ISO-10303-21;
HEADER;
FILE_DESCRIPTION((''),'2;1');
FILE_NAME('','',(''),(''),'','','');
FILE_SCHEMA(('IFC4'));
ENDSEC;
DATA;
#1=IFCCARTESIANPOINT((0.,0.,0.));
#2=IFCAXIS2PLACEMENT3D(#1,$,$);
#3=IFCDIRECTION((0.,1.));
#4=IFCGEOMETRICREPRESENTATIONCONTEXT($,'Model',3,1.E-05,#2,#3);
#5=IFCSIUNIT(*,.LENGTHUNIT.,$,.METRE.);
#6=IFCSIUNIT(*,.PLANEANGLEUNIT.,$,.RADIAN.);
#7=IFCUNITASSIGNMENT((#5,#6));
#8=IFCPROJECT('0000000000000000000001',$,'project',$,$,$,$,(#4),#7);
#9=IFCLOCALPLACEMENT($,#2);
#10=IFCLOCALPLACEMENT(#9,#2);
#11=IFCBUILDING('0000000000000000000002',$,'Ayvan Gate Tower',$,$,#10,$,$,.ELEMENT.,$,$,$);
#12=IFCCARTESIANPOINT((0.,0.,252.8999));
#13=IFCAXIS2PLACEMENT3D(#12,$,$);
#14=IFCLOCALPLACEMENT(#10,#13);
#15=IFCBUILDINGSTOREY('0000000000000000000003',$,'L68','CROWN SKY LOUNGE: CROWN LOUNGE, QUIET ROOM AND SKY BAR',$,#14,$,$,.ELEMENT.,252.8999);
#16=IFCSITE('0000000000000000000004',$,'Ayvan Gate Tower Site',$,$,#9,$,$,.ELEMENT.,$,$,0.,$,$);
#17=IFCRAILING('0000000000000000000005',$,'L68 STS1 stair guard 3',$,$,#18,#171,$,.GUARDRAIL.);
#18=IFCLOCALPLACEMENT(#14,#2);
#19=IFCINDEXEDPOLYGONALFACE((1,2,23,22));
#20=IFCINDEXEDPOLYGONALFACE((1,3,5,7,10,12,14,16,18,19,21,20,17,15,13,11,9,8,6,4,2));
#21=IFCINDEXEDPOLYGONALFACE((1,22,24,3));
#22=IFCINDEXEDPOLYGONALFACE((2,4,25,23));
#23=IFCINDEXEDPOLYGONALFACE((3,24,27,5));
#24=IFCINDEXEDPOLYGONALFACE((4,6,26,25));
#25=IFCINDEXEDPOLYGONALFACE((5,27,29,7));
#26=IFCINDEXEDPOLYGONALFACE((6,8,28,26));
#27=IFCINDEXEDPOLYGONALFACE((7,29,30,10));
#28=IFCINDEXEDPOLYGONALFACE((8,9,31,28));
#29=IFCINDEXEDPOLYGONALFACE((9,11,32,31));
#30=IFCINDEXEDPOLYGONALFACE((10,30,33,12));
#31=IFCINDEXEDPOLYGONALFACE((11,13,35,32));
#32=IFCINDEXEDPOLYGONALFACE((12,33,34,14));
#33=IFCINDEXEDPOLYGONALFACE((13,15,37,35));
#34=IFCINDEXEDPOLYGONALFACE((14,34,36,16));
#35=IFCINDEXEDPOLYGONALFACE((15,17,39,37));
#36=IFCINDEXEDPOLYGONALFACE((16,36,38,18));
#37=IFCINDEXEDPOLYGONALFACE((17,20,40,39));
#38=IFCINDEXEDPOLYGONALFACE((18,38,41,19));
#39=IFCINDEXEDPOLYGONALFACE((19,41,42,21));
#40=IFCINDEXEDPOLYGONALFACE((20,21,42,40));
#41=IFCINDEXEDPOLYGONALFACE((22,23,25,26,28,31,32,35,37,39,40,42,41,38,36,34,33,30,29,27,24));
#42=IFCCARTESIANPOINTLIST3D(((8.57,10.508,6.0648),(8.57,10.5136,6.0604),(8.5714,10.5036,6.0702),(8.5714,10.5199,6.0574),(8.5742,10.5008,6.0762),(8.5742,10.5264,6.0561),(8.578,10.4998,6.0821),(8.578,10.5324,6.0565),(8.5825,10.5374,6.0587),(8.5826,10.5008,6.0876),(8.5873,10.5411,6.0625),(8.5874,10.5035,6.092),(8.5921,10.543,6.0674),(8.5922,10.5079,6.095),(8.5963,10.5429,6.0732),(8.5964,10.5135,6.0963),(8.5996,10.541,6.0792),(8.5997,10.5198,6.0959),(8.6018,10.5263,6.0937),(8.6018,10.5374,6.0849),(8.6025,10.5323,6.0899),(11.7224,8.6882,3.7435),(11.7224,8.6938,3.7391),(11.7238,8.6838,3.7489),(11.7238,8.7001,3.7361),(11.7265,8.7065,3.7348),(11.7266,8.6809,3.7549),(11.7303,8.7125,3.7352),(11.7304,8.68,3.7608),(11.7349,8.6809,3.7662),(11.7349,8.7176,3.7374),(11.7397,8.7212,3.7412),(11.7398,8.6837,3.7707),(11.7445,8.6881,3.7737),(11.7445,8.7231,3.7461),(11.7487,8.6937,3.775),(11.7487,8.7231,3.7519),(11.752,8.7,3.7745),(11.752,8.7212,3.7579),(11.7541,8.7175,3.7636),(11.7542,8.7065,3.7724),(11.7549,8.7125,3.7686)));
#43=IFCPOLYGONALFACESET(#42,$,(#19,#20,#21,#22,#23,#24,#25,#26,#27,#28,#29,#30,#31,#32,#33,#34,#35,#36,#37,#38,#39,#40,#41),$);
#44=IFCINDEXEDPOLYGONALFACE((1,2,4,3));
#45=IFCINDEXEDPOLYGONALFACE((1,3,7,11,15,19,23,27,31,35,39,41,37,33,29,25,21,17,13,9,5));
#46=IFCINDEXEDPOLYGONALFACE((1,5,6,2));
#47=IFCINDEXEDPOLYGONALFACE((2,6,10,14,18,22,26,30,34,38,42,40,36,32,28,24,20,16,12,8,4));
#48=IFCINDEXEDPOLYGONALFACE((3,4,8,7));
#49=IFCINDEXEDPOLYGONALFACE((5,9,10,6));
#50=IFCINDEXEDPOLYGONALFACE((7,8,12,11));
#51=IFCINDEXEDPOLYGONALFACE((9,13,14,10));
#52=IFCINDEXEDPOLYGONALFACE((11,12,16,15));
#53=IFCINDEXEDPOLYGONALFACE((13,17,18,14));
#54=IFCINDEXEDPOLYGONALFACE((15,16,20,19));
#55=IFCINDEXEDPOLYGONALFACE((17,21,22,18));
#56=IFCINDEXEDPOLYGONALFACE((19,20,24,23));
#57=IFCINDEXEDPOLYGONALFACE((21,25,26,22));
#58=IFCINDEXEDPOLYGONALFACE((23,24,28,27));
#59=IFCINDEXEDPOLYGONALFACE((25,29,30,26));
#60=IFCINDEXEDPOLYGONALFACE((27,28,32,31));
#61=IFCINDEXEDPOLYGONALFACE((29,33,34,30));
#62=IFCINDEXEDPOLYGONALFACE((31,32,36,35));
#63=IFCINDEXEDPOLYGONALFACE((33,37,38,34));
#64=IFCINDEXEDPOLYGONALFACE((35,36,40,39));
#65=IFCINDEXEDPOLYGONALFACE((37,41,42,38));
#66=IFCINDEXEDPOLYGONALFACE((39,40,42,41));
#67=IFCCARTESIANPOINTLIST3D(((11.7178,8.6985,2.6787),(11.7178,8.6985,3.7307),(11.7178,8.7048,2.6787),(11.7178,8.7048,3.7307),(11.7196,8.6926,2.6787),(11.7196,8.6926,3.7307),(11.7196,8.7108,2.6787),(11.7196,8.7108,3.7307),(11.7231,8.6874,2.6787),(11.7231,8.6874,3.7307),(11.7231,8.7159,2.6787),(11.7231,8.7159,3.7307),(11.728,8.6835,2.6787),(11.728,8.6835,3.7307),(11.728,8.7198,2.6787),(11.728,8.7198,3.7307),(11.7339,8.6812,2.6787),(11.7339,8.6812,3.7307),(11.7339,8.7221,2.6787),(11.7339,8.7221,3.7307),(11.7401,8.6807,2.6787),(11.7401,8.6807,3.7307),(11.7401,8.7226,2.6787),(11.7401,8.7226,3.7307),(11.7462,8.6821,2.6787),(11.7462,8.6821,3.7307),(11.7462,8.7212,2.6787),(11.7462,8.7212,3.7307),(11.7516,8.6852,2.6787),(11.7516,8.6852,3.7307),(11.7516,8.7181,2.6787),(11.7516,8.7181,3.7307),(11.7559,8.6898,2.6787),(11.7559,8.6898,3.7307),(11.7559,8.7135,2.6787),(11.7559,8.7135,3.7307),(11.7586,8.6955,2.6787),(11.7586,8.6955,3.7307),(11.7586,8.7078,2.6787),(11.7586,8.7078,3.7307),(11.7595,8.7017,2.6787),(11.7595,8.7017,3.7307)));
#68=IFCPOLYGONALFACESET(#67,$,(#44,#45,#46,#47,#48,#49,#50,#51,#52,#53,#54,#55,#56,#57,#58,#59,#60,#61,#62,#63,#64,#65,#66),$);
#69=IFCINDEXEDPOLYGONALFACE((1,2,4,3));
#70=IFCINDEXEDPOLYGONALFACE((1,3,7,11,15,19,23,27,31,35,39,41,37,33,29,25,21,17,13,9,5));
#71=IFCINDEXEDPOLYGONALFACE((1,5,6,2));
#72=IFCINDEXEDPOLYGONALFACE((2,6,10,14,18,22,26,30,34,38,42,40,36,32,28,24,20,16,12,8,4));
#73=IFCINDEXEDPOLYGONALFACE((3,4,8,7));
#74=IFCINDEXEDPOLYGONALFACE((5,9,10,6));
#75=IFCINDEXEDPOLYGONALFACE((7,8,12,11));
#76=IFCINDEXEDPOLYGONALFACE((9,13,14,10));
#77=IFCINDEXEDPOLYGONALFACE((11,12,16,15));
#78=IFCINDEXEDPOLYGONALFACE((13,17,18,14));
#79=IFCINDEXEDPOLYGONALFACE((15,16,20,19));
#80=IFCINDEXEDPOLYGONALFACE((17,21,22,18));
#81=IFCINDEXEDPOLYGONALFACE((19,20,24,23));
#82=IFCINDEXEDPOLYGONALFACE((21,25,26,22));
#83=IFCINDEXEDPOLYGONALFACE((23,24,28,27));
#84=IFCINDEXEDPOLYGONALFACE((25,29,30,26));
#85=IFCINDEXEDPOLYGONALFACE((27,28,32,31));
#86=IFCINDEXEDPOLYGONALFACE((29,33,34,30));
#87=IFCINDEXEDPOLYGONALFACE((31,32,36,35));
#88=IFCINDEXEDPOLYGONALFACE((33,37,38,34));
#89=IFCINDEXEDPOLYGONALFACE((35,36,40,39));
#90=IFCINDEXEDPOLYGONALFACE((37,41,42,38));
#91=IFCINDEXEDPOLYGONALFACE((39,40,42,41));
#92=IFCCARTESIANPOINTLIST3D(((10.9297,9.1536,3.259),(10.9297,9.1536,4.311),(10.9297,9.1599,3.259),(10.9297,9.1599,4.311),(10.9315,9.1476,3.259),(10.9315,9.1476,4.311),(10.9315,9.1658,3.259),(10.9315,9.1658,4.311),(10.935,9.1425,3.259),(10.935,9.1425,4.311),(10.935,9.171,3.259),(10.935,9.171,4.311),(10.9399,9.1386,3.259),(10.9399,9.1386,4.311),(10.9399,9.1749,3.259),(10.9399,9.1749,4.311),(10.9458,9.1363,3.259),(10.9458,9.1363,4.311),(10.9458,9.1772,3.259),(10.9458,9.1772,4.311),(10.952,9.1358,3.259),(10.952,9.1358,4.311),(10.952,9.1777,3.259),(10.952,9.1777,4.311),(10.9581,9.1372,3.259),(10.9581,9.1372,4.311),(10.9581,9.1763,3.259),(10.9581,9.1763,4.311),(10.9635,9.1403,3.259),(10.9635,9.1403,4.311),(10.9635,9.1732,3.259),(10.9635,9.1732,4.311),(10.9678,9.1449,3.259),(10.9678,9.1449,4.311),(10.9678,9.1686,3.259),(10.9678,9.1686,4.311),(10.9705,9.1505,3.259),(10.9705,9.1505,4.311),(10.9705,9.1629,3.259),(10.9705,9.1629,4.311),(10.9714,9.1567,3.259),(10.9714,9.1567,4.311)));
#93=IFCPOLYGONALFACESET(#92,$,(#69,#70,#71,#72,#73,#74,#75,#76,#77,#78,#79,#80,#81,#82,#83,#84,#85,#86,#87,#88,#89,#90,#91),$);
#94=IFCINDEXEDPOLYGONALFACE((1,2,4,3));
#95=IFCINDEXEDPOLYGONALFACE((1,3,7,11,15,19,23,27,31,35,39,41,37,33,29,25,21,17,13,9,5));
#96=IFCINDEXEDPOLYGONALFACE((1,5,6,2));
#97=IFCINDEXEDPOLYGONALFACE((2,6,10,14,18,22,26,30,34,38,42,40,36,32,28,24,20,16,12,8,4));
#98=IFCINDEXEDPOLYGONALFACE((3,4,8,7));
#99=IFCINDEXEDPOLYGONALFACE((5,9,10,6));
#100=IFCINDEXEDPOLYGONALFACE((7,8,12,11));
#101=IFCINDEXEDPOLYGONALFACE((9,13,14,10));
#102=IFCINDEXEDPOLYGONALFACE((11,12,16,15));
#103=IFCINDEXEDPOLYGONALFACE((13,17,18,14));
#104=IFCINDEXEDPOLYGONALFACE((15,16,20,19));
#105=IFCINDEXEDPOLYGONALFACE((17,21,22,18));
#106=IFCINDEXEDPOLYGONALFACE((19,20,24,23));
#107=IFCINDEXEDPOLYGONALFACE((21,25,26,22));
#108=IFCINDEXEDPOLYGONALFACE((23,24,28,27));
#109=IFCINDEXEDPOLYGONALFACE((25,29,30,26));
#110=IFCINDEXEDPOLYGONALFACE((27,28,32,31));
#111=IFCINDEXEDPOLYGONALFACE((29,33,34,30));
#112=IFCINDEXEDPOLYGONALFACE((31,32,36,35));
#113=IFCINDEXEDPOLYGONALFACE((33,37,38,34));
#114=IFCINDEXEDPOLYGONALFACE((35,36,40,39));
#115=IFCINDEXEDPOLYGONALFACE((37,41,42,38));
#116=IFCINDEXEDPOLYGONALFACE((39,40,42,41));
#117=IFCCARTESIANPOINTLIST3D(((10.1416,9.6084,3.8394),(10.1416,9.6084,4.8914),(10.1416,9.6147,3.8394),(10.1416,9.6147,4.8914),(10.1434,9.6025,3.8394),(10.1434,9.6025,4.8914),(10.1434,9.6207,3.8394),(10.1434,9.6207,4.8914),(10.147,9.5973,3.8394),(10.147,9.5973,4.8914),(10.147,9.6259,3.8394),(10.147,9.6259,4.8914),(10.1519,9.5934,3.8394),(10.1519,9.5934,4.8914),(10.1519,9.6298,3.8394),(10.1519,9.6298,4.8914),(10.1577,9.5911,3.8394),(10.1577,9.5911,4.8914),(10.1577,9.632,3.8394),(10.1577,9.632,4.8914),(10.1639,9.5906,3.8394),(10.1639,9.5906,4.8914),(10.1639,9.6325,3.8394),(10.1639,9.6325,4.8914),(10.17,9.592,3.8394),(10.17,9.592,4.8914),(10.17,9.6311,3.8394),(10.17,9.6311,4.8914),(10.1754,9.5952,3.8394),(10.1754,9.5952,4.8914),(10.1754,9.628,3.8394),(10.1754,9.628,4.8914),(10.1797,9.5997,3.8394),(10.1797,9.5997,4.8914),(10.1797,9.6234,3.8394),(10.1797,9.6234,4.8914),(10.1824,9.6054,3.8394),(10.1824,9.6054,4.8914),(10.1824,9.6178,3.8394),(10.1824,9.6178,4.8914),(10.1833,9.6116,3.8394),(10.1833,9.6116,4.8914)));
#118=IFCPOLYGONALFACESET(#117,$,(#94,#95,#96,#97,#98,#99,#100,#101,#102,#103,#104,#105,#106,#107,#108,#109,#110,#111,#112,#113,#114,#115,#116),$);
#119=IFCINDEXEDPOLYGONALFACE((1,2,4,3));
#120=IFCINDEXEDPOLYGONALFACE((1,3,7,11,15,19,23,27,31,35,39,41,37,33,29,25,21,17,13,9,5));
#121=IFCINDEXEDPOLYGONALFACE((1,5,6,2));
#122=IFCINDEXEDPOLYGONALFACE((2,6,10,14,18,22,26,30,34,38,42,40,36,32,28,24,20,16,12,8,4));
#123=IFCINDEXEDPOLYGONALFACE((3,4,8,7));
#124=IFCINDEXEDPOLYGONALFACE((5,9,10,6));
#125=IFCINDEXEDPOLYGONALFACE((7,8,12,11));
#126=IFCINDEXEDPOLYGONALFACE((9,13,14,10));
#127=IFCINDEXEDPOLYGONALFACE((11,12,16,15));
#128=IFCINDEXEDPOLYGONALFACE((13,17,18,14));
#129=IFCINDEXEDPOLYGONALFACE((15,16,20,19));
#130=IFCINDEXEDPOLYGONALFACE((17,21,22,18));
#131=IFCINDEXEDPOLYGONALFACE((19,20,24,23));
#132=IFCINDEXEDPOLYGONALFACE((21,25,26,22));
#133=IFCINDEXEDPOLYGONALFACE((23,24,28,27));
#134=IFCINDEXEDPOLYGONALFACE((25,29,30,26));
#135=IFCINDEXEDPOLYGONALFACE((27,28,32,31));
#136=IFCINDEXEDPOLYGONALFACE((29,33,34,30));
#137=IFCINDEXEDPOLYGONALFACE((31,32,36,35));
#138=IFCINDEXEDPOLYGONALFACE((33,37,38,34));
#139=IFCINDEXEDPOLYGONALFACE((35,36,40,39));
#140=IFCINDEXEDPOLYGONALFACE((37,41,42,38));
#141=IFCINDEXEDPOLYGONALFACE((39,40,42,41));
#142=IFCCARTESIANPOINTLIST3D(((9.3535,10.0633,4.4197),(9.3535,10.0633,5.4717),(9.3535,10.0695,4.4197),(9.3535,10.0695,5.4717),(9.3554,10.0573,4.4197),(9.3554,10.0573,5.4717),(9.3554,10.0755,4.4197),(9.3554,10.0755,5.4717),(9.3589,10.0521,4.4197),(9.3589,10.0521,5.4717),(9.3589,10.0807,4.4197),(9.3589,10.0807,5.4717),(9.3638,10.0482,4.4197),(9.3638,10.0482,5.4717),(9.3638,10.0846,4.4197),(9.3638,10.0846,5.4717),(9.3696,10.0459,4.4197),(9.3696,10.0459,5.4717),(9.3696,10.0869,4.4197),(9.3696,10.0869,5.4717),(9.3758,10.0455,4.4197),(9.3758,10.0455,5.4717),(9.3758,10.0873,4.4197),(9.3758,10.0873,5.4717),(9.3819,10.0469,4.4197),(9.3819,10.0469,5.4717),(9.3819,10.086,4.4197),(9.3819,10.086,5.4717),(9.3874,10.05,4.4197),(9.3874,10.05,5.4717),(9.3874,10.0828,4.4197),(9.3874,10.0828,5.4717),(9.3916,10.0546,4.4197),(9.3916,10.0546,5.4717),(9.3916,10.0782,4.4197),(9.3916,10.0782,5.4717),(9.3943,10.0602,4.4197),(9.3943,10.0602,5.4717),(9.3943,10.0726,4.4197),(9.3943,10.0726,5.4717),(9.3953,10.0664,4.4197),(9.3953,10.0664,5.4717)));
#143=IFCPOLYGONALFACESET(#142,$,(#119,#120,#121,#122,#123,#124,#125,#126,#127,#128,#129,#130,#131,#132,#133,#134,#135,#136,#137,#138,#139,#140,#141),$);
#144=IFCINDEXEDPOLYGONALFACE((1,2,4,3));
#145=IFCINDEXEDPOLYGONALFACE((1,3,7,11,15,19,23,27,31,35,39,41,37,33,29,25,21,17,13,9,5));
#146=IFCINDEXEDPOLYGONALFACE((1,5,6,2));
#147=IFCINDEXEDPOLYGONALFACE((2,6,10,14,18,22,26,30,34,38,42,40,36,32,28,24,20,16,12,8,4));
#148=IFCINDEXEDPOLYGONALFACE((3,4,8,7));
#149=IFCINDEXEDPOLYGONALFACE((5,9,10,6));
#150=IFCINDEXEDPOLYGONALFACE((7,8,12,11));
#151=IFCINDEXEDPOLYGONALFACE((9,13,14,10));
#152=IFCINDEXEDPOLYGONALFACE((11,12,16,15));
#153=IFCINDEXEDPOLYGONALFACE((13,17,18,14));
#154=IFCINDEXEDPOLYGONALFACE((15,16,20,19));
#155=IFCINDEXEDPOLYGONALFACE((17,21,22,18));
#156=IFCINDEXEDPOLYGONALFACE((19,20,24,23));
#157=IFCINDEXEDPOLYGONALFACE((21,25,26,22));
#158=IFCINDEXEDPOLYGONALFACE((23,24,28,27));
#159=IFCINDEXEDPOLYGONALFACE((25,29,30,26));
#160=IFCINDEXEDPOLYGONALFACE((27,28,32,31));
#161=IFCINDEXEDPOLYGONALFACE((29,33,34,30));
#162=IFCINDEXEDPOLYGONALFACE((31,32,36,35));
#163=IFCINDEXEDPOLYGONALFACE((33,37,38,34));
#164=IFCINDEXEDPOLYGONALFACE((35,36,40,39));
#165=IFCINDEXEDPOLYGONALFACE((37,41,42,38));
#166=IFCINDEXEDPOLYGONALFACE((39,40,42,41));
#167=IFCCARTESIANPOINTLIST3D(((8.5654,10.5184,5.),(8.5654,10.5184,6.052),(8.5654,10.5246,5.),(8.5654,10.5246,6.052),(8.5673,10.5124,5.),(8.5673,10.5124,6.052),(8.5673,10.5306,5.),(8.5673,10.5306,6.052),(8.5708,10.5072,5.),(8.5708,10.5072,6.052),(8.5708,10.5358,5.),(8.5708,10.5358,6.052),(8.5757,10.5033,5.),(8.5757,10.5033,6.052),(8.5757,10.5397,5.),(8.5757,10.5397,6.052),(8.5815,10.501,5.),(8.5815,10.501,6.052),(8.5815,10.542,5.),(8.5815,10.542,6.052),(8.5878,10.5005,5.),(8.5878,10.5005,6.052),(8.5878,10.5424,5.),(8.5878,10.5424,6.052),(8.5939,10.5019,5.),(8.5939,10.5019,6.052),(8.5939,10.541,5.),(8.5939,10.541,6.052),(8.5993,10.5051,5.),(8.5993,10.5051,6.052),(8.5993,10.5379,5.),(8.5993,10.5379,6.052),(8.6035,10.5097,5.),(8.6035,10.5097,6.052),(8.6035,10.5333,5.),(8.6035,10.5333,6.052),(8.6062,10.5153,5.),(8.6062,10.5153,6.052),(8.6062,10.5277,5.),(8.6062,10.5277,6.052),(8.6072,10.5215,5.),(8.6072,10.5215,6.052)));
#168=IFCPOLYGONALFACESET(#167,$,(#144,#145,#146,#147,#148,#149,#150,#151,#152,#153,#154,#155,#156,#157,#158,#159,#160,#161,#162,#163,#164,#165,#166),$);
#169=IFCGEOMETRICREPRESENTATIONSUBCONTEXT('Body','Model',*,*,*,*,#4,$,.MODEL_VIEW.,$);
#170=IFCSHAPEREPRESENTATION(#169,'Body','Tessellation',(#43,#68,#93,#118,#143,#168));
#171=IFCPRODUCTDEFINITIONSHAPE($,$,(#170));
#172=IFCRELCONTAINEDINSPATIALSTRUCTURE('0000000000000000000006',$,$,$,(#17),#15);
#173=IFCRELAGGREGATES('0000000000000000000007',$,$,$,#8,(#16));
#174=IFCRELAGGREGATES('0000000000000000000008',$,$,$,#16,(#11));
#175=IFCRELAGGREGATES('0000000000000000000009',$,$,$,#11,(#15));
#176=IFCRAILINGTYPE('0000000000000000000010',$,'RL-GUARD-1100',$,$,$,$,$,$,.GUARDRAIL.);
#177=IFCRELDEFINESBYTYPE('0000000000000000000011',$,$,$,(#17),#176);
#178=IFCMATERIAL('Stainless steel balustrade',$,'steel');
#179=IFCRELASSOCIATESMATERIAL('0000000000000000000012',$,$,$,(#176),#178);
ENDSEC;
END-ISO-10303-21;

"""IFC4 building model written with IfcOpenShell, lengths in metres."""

from ifc_helpers import new_model, si_unit, direction, frame, origin, origin_2d, place, context, subcontext, project, spatial, circle, extrude, material, type_object, element, save


model = new_model("IFC4")

# Units and contexts
model_context = context("Model", 3, precision=1e-05, world=origin(), true_north=direction((0.0, 1.0)))
body_context = subcontext(model_context, "Body", "Model", "MODEL_VIEW")
ifc_project = project(units=[si_unit("LENGTHUNIT", "METRE"), si_unit("PLANEANGLEUNIT", "RADIAN")], contexts=[model_context])

# Site, building, storey
site_placement = place(None, origin())
site = spatial("IfcSite", under=ifc_project, at=site_placement, Name="Ayvan Gate Tower Site", CompositionType="ELEMENT", RefElevation=0.0)
building_placement = place(site_placement, origin())
building = spatial("IfcBuilding", under=site, at=building_placement, Name="Ayvan Gate Tower", CompositionType="ELEMENT")
storey_placement = place(building_placement, frame((0.0, 0.0, 252.8999)))
storey = spatial("IfcBuildingStorey", under=building, at=storey_placement, Name="L68", Description="CROWN SKY LOUNGE: CROWN LOUNGE, QUIET ROOM AND SKY BAR", CompositionType="ELEMENT", Elevation=252.8999)

# Railing
ifc_material_1 = material(Name="Stainless steel balustrade", Category="steel")
railing_type_1 = type_object("IfcRailingType", Name="RL-GUARD-1100", PredefinedType="GUARDRAIL", material=ifc_material_1)
railing_1_placement = place(storey_placement, frame((11.7385, 8.7017, 2.6787)))
element("IfcRailing", 1, at=railing_1_placement, inside=storey, type_object=railing_type_1, Name="L68 STS1 stair guard 3", PredefinedType="GUARDRAIL", context=body_context, shape_type="SweptSolid", body=[
    extrude(circle(Radius=0.0239, at=origin_2d()), frame((0.0, 0.0, 1.0762), z_axis=(-0.730198, 0.421538, 0.537695), x_axis=(-0.499962, -0.866047, 0.0)), (0.0, 0.0, 1.0), 4.3171),
    extrude(circle(Radius=0.021, at=origin_2d()), origin(), (0.0, 0.0, 1.0), 1.052),
    extrude(circle(Radius=0.021, at=origin_2d()), frame((-0.7881, 0.4551, 0.5803)), (0.0, 0.0, 1.0), 1.052),
    extrude(circle(Radius=0.021, at=origin_2d()), frame((-1.5762, 0.9099, 1.1606)), (0.0, 0.0, 1.0), 1.052),
    extrude(circle(Radius=0.021, at=origin_2d()), frame((-2.3643, 1.3647, 1.741)), (0.0, 0.0, 1.0), 1.052),
    extrude(circle(Radius=0.021, at=origin_2d()), frame((-3.1523, 1.8198, 2.3213)), (0.0, 0.0, 1.0), 1.052),
])

save(model, "model.ifc")
